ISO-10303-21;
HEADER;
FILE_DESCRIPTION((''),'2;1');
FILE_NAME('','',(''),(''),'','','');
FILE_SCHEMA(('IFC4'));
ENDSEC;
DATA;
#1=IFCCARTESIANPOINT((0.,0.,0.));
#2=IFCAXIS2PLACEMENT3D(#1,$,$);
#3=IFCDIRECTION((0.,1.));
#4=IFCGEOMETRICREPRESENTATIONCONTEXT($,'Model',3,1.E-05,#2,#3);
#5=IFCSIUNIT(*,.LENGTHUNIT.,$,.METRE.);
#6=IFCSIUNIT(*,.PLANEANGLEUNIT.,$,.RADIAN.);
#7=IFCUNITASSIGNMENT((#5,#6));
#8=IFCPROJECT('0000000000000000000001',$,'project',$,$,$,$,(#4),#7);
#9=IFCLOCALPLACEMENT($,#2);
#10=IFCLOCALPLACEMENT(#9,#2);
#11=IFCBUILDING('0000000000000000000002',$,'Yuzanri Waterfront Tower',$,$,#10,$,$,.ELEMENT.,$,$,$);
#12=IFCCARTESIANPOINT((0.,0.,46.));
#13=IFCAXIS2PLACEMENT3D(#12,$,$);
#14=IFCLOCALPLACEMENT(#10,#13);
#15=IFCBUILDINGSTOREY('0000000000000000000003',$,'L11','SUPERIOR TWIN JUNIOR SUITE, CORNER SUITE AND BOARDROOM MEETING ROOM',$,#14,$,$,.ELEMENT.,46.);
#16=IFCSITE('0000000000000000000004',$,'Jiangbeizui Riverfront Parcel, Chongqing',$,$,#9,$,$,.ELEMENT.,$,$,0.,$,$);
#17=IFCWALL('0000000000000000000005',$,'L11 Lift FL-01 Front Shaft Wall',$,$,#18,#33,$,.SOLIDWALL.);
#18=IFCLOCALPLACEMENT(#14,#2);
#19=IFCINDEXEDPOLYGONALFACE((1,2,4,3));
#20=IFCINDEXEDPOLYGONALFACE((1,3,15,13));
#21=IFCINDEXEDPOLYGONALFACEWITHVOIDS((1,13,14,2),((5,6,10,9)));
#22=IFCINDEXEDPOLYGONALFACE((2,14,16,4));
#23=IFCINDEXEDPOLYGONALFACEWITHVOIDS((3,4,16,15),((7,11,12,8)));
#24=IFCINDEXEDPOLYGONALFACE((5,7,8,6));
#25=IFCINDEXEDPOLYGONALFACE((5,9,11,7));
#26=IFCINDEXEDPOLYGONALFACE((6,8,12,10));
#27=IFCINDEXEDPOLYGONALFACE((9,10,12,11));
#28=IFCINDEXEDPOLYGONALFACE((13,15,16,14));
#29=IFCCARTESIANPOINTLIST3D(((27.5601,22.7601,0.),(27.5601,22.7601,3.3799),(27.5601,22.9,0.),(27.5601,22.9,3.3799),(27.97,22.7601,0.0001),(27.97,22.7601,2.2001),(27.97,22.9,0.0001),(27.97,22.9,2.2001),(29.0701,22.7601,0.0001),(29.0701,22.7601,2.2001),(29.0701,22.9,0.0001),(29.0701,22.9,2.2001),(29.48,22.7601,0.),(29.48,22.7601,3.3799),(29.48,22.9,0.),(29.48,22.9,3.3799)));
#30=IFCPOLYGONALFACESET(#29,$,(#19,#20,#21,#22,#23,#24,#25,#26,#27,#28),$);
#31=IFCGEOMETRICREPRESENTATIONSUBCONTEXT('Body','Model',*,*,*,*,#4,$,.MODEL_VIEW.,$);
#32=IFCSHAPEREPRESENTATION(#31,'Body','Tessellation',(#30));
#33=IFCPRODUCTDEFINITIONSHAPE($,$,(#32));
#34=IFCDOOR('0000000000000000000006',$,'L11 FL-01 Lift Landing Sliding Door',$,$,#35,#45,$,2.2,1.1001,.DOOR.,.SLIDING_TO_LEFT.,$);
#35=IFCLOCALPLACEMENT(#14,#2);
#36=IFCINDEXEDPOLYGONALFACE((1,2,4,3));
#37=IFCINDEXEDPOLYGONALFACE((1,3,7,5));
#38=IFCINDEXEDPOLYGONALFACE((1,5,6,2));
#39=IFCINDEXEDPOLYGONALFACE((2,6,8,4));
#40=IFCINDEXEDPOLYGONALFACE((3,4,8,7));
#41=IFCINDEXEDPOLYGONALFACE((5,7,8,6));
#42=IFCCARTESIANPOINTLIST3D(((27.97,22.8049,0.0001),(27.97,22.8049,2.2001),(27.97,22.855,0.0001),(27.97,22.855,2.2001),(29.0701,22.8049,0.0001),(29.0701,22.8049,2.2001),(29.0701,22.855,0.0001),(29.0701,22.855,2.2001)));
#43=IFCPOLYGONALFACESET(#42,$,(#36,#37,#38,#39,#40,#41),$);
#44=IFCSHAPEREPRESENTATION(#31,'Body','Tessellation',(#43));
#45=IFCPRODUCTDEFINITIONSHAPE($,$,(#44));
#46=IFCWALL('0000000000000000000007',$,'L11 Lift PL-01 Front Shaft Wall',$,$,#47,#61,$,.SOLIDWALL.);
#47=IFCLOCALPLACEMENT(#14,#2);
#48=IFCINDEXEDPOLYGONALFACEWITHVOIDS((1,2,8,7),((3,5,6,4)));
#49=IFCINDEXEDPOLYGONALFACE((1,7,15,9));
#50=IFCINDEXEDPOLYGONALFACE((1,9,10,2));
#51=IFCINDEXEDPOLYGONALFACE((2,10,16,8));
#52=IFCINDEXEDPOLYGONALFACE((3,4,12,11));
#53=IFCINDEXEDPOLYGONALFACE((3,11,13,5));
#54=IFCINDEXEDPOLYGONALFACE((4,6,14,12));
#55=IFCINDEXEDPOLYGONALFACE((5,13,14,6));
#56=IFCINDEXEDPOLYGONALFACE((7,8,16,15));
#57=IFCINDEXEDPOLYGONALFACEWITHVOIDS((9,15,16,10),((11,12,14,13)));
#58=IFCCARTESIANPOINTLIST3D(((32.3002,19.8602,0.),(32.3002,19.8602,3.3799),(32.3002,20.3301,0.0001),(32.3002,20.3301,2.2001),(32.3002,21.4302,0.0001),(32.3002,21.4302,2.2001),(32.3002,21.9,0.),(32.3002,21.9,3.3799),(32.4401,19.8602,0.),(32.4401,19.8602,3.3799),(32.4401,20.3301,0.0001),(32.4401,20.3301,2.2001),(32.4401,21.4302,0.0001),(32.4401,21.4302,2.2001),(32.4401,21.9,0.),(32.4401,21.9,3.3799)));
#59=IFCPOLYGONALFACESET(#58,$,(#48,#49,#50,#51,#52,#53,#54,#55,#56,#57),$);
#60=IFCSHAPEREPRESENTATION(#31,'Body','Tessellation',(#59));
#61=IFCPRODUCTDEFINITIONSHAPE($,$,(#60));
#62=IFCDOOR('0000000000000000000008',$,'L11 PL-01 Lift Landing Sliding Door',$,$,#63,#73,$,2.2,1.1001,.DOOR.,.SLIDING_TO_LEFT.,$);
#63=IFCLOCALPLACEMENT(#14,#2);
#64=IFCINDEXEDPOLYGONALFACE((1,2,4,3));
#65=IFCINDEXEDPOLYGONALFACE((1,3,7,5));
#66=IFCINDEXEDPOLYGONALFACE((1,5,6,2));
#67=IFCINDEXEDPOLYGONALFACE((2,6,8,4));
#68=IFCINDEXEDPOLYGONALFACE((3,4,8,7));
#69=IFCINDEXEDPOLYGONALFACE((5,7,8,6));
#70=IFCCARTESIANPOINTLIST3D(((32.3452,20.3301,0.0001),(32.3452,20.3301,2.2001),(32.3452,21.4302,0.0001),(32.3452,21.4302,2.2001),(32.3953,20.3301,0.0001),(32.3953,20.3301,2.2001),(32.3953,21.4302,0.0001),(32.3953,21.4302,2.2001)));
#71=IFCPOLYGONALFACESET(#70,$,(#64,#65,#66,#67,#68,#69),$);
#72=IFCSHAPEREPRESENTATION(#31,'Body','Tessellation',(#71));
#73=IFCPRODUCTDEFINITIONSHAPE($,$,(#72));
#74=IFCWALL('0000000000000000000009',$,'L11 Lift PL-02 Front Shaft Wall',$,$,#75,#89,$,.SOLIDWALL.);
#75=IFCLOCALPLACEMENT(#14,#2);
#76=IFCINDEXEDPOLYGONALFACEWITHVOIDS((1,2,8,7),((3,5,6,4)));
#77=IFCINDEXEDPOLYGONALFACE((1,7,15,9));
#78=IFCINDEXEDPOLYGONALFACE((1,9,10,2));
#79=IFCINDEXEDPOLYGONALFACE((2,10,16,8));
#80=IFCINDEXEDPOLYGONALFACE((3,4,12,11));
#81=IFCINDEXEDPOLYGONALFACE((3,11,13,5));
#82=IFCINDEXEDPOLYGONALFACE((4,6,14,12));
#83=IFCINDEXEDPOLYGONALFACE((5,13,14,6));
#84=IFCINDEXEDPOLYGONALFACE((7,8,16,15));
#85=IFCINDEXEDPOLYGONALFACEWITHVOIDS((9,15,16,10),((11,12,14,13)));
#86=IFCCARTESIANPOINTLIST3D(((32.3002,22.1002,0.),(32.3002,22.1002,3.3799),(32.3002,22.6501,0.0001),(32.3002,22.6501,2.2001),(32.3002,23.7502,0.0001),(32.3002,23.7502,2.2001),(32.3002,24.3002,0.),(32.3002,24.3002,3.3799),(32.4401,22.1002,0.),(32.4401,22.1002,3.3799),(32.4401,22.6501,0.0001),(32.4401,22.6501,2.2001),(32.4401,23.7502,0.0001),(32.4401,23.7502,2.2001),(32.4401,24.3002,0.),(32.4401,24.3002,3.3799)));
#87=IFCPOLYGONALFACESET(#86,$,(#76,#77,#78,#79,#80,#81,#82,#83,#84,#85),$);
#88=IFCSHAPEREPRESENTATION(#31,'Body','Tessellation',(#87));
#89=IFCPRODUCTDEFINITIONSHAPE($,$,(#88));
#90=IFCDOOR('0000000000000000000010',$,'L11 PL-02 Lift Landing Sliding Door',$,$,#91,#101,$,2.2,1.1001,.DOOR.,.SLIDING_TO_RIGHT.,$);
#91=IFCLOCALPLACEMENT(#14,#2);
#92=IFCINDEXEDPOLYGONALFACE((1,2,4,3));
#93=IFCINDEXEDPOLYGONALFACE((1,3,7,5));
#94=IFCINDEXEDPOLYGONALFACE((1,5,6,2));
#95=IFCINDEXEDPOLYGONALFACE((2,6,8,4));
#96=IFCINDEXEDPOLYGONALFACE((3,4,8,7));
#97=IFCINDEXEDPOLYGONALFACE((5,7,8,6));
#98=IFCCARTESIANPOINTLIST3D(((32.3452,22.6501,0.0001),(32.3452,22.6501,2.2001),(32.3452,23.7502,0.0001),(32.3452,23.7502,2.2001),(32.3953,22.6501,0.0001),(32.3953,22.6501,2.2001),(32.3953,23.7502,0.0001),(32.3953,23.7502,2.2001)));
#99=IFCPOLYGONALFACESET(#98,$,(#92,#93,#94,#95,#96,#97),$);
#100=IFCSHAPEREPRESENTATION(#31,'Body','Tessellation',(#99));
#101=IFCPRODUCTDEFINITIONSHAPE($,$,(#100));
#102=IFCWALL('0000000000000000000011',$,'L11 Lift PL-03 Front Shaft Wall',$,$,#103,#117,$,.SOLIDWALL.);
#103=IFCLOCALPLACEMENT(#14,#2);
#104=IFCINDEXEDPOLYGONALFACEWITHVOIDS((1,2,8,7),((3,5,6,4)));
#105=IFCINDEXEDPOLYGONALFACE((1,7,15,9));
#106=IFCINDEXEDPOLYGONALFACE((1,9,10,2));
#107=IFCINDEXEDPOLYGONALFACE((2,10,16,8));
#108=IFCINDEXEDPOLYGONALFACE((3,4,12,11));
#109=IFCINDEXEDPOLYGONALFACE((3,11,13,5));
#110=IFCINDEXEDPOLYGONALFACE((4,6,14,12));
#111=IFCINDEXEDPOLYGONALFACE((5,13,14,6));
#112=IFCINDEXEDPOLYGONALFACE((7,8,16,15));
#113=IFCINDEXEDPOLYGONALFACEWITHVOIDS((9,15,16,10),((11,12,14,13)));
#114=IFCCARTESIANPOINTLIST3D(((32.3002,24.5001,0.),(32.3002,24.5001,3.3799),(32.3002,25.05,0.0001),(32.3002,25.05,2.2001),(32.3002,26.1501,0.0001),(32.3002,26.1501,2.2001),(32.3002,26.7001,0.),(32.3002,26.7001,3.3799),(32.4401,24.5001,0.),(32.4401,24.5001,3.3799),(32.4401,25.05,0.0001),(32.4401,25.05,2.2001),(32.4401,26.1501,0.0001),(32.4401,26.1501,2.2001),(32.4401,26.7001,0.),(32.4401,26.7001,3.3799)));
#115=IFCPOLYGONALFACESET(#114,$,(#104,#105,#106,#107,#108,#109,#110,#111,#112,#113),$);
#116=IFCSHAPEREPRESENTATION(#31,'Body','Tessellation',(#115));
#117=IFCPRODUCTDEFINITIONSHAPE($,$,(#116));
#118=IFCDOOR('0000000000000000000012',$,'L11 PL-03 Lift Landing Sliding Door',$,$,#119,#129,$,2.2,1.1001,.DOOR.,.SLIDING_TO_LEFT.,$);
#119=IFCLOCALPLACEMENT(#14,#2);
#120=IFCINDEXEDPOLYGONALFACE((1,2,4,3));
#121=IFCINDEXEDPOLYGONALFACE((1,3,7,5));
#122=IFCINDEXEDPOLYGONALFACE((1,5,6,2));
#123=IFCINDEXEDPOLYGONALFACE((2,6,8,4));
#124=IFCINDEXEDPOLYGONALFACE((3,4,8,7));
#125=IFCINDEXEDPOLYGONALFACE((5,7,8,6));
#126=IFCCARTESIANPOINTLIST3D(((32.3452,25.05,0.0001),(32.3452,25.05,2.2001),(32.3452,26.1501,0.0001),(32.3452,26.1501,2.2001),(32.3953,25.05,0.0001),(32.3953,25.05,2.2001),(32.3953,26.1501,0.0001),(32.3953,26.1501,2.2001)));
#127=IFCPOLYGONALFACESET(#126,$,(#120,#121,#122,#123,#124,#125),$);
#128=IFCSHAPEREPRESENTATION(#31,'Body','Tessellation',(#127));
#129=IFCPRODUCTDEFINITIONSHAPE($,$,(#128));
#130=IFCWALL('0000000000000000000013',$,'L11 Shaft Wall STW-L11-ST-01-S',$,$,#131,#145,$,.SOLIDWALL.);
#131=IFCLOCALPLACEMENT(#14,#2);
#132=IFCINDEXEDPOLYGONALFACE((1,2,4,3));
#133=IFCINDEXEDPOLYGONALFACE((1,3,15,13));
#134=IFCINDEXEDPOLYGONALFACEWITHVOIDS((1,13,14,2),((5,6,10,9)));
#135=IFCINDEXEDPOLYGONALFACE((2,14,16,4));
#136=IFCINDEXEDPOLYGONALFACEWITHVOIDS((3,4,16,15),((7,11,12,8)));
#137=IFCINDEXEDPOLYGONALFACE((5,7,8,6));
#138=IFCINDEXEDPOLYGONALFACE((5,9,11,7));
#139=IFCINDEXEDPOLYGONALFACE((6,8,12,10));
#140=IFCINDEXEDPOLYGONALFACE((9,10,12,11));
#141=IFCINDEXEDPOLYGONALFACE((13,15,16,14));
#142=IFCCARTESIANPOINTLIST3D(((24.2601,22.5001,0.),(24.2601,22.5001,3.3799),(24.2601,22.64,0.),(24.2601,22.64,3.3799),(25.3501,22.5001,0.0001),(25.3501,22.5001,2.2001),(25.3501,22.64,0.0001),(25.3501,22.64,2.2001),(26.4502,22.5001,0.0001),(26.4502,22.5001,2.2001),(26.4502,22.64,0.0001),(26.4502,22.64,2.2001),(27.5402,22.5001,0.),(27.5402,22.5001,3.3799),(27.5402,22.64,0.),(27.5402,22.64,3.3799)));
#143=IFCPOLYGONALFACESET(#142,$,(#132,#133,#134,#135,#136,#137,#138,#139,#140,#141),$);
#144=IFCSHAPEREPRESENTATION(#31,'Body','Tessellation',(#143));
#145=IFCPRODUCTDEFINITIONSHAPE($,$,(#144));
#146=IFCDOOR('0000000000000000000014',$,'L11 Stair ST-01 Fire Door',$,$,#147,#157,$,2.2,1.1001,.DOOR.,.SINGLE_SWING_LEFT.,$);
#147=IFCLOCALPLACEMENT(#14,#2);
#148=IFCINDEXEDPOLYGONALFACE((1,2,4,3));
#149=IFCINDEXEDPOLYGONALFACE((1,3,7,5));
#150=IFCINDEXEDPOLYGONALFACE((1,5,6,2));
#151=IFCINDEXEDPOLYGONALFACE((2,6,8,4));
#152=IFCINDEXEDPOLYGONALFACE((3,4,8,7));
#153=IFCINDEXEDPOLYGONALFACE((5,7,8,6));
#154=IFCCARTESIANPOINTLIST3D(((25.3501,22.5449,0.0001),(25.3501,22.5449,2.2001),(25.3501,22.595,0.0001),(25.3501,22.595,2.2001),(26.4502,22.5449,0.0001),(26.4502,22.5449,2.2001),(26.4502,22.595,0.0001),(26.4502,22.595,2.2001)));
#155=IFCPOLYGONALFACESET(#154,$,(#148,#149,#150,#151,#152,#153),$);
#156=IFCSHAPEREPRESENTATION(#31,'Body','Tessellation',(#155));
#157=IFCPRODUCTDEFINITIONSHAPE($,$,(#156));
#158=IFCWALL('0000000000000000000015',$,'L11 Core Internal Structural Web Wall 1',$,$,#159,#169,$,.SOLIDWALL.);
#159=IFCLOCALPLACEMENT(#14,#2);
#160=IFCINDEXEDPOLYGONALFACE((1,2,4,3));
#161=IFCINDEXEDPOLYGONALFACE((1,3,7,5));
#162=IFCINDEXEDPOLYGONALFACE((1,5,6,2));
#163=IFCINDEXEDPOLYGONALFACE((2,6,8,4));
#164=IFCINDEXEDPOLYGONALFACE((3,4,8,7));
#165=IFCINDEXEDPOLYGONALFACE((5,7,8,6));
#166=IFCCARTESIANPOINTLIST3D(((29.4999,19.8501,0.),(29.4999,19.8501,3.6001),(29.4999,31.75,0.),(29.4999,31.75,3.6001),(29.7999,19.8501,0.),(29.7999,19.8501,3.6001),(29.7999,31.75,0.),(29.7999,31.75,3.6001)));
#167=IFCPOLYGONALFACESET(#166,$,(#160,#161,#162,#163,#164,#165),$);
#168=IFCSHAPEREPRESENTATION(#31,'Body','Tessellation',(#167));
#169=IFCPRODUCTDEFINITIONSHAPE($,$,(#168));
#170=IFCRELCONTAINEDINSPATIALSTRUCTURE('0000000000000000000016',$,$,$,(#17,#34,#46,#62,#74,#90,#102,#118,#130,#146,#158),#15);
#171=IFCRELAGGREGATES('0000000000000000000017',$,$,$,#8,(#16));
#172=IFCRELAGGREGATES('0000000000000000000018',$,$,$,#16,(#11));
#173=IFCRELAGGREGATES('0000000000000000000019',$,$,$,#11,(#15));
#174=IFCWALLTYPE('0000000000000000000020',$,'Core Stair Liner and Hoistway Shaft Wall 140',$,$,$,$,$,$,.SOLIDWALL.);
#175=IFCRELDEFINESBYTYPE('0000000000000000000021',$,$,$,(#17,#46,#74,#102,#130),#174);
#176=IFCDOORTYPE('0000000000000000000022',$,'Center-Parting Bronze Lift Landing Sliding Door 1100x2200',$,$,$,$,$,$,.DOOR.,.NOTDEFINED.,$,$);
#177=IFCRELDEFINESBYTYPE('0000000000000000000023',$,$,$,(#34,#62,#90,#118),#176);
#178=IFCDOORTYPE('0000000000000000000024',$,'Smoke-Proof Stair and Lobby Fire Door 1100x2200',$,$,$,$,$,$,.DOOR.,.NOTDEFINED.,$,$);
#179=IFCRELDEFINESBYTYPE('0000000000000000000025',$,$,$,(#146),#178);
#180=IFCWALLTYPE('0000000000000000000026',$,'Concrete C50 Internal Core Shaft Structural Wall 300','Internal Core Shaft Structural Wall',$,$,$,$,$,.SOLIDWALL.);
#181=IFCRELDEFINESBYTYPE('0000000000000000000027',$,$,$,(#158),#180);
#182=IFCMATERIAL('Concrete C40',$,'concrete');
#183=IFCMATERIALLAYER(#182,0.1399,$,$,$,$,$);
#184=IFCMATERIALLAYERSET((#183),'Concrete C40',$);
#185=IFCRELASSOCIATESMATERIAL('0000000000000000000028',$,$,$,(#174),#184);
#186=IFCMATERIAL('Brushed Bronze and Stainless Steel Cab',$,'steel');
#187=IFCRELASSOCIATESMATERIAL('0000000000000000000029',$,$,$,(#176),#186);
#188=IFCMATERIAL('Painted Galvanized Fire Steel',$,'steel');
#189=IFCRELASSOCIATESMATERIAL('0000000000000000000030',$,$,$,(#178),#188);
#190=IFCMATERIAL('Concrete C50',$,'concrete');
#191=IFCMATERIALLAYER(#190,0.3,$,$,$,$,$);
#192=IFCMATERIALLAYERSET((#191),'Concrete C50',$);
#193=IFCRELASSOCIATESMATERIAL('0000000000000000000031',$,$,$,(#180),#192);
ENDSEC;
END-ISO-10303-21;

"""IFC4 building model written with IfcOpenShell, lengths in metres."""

from ifc_helpers import new_model, si_unit, direction, frame, frame_2d, origin, place, context, subcontext, project, spatial, rectangle, extrude, source, transform, mapped, material, layer, layer_set, type_object, element, fill, save


model = new_model("IFC4")

# Units and contexts
model_context = context("Model", 3, precision=1e-05, world=origin(), true_north=direction((0.0, 1.0)))
body_context = subcontext(model_context, "Body", "Model", "MODEL_VIEW")
ifc_project = project(units=[si_unit("LENGTHUNIT", "METRE"), si_unit("PLANEANGLEUNIT", "RADIAN")], contexts=[model_context])

# Site, building, storey
site_placement = place(None, origin())
site = spatial("IfcSite", under=ifc_project, at=site_placement, Name="Jiangbeizui Riverfront Parcel, Chongqing", CompositionType="ELEMENT", RefElevation=0.0)
building_placement = place(site_placement, origin())
building = spatial("IfcBuilding", under=site, at=building_placement, Name="Yuzanri Waterfront Tower", CompositionType="ELEMENT")
storey_placement = place(building_placement, frame((0.0, 0.0, 46.0)))
storey = spatial("IfcBuildingStorey", under=building, at=storey_placement, Name="L11", Description="SUPERIOR TWIN JUNIOR SUITE, CORNER SUITE AND BOARDROOM MEETING ROOM", CompositionType="ELEMENT", Elevation=46.0)

# Walls, openings, doors
ifc_material_1 = material(Name="Concrete C40", Category="concrete")
ifc_layer_1 = layer(ifc_material_1, 0.1399)
ifc_layer_set_1 = layer_set([ifc_layer_1], Name="Concrete C40")
wall_type_1 = type_object("IfcWallType", Name="Core Stair Liner and Hoistway Shaft Wall 140", PredefinedType="SOLIDWALL", material=ifc_layer_set_1)
wall_1_placement = place(storey_placement, frame((27.5601, 22.8301, 0.0), z_axis=(0.0, 0.0, 1.0), x_axis=(1.0, 0.0, 0.0)))
wall_1 = element("IfcWall", 1, at=wall_1_placement, inside=storey, type_object=wall_type_1, Name="L11 Lift FL-01 Front Shaft Wall", PredefinedType="SOLIDWALL", context=body_context, shape_type="SweptSolid", body=[
    extrude(rectangle(XDim=1.9199, YDim=0.1399, at=frame_2d((0.96, 0.0))), origin(), (0.0, 0.0, 1.0), 3.3799),
])
opening_1_placement = place(wall_1_placement, frame((0.4099, 0.0, 0.0)))
opening_1 = element("IfcOpeningElement", 2, at=opening_1_placement, cuts=wall_1, PredefinedType="OPENING", context=body_context, shape_type="SweptSolid", body=[
    extrude(rectangle(XDim=1.1001, YDim=2.2, at=frame_2d((0.55, 1.1001))), frame((0.0, 0.085, 0.0), z_axis=(0.0, -1.0, 0.0), x_axis=(1.0, 0.0, 0.0)), (0.0, 0.0, 1.0), 0.1697),
])
ifc_material_2 = material(Name="Brushed Bronze and Stainless Steel Cab", Category="steel")
door_type_1 = type_object("IfcDoorType", Name="Center-Parting Bronze Lift Landing Sliding Door 1100x2200", OperationType="NOTDEFINED", PredefinedType="DOOR", material=ifc_material_2)
shared_shape_1 = source(origin(), body_context, "Body", "SweptSolid", [
    extrude(rectangle(XDim=1.1001, YDim=2.2, at=frame_2d((0.55, 1.1001))), frame((0.0, 0.0249, 0.0), z_axis=(0.0, -1.0, 0.0), x_axis=(1.0, 0.0, 0.0)), (0.0, 0.0, 1.0), 0.05),
])
door_1_placement = place(opening_1_placement, origin())
door_1 = element("IfcDoor", 3, at=door_1_placement, inside=storey, type_object=door_type_1, Name="L11 FL-01 Lift Landing Sliding Door", OperationType="SLIDING_TO_LEFT", OverallHeight=2.2, OverallWidth=1.1001, PredefinedType="DOOR", context=body_context, shape_type="MappedRepresentation", body=[
    mapped(shared_shape_1, transform((0.0, 0.0, 0.0), scale=1.0)),
])
fill(opening_1, door_1)
wall_2_placement = place(storey_placement, frame((32.3701, 19.8601, 0.0), z_axis=(0.0, 0.0, 1.0), x_axis=(0.0, 1.0, 0.0)))
wall_2 = element("IfcWall", 4, at=wall_2_placement, inside=storey, type_object=wall_type_1, Name="L11 Lift PL-01 Front Shaft Wall", PredefinedType="SOLIDWALL", context=body_context, shape_type="SweptSolid", body=[
    extrude(rectangle(XDim=2.0398, YDim=0.1399, at=frame_2d((1.02, 0.0))), origin(), (0.0, 0.0, 1.0), 3.3799),
])
opening_2_placement = place(wall_2_placement, frame((0.47, 0.0, 0.0)))
opening_2 = element("IfcOpeningElement", 5, at=opening_2_placement, cuts=wall_2, PredefinedType="OPENING", context=body_context, shape_type="SweptSolid", body=[
    extrude(rectangle(XDim=1.1001, YDim=2.2, at=frame_2d((0.55, 1.1001))), frame((0.0, 0.085, 0.0), z_axis=(0.0, -1.0, 0.0), x_axis=(1.0, 0.0, 0.0)), (0.0, 0.0, 1.0), 0.1697),
])
door_2_placement = place(opening_2_placement, origin())
door_2 = element("IfcDoor", 6, at=door_2_placement, inside=storey, type_object=door_type_1, Name="L11 PL-01 Lift Landing Sliding Door", OperationType="SLIDING_TO_LEFT", OverallHeight=2.2, OverallWidth=1.1001, PredefinedType="DOOR", context=body_context, shape_type="MappedRepresentation", body=[
    mapped(shared_shape_1, transform((0.0, 0.0, 0.0), scale=1.0)),
])
fill(opening_2, door_2)
wall_3_placement = place(storey_placement, frame((32.3701, 22.1001, 0.0), z_axis=(0.0, 0.0, 1.0), x_axis=(0.0, 1.0, 0.0)))
wall_3 = element("IfcWall", 7, at=wall_3_placement, inside=storey, type_object=wall_type_1, Name="L11 Lift PL-02 Front Shaft Wall", PredefinedType="SOLIDWALL", context=body_context, shape_type="SweptSolid", body=[
    extrude(rectangle(XDim=2.2, YDim=0.1399, at=frame_2d((1.1001, 0.0))), origin(), (0.0, 0.0, 1.0), 3.3799),
])
opening_3_placement = place(wall_3_placement, frame((0.55, 0.0, 0.0)))
opening_3 = element("IfcOpeningElement", 8, at=opening_3_placement, cuts=wall_3, PredefinedType="OPENING", context=body_context, shape_type="SweptSolid", body=[
    extrude(rectangle(XDim=1.1001, YDim=2.2, at=frame_2d((0.55, 1.1001))), frame((0.0, 0.085, 0.0), z_axis=(0.0, -1.0, 0.0), x_axis=(1.0, 0.0, 0.0)), (0.0, 0.0, 1.0), 0.1697),
])
door_3_placement = place(opening_3_placement, origin())
door_3 = element("IfcDoor", 9, at=door_3_placement, inside=storey, type_object=door_type_1, Name="L11 PL-02 Lift Landing Sliding Door", OperationType="SLIDING_TO_RIGHT", OverallHeight=2.2, OverallWidth=1.1001, PredefinedType="DOOR", context=body_context, shape_type="MappedRepresentation", body=[
    mapped(shared_shape_1, transform((0.0, 0.0, 0.0), scale=1.0)),
])
fill(opening_3, door_3)
wall_4_placement = place(storey_placement, frame((32.3701, 24.5, 0.0), z_axis=(0.0, 0.0, 1.0), x_axis=(0.0, 1.0, 0.0)))
wall_4 = element("IfcWall", 10, at=wall_4_placement, inside=storey, type_object=wall_type_1, Name="L11 Lift PL-03 Front Shaft Wall", PredefinedType="SOLIDWALL", context=body_context, shape_type="SweptSolid", body=[
    extrude(rectangle(XDim=2.2, YDim=0.1399, at=frame_2d((1.1001, 0.0))), origin(), (0.0, 0.0, 1.0), 3.3799),
])
opening_4_placement = place(wall_4_placement, frame((0.55, 0.0, 0.0)))
opening_4 = element("IfcOpeningElement", 11, at=opening_4_placement, cuts=wall_4, PredefinedType="OPENING", context=body_context, shape_type="SweptSolid", body=[
    extrude(rectangle(XDim=1.1001, YDim=2.2, at=frame_2d((0.55, 1.1001))), frame((0.0, 0.085, 0.0), z_axis=(0.0, -1.0, 0.0), x_axis=(1.0, 0.0, 0.0)), (0.0, 0.0, 1.0), 0.1697),
])
door_4_placement = place(opening_4_placement, origin())
door_4 = element("IfcDoor", 12, at=door_4_placement, inside=storey, type_object=door_type_1, Name="L11 PL-03 Lift Landing Sliding Door", OperationType="SLIDING_TO_LEFT", OverallHeight=2.2, OverallWidth=1.1001, PredefinedType="DOOR", context=body_context, shape_type="MappedRepresentation", body=[
    mapped(shared_shape_1, transform((0.0, 0.0, 0.0), scale=1.0)),
])
fill(opening_4, door_4)
wall_5_placement = place(storey_placement, frame((24.26, 22.5701, 0.0), z_axis=(0.0, 0.0, 1.0), x_axis=(1.0, 0.0, 0.0)))
wall_5 = element("IfcWall", 13, at=wall_5_placement, inside=storey, type_object=wall_type_1, Name="L11 Shaft Wall STW-L11-ST-01-S", PredefinedType="SOLIDWALL", context=body_context, shape_type="SweptSolid", body=[
    extrude(rectangle(XDim=3.28, YDim=0.1399, at=frame_2d((1.6401, 0.0))), origin(), (0.0, 0.0, 1.0), 3.3799),
])
opening_5_placement = place(wall_5_placement, frame((1.0901, 0.0, 0.0)))
opening_5 = element("IfcOpeningElement", 14, at=opening_5_placement, cuts=wall_5, PredefinedType="OPENING", context=body_context, shape_type="SweptSolid", body=[
    extrude(rectangle(XDim=1.1001, YDim=2.2, at=frame_2d((0.55, 1.1001))), frame((0.0, 0.085, 0.0), z_axis=(0.0, -1.0, 0.0), x_axis=(1.0, 0.0, 0.0)), (0.0, 0.0, 1.0), 0.1697),
])
ifc_material_3 = material(Name="Painted Galvanized Fire Steel", Category="steel")
door_type_2 = type_object("IfcDoorType", Name="Smoke-Proof Stair and Lobby Fire Door 1100x2200", OperationType="NOTDEFINED", PredefinedType="DOOR", material=ifc_material_3)
shared_shape_2 = source(origin(), body_context, "Body", "SweptSolid", [
    extrude(rectangle(XDim=1.1001, YDim=2.2, at=frame_2d((0.55, 1.1001))), frame((0.0, 0.0249, 0.0), z_axis=(0.0, -1.0, 0.0), x_axis=(1.0, 0.0, 0.0)), (0.0, 0.0, 1.0), 0.05),
])
door_5_placement = place(opening_5_placement, origin())
door_5 = element("IfcDoor", 15, at=door_5_placement, inside=storey, type_object=door_type_2, Name="L11 Stair ST-01 Fire Door", OperationType="SINGLE_SWING_LEFT", OverallHeight=2.2, OverallWidth=1.1001, PredefinedType="DOOR", context=body_context, shape_type="MappedRepresentation", body=[
    mapped(shared_shape_2, transform((0.0, 0.0, 0.0), scale=1.0)),
])
fill(opening_5, door_5)

# Wall
ifc_material_4 = material(Name="Concrete C50", Category="concrete")
ifc_layer_2 = layer(ifc_material_4, 0.3)
ifc_layer_set_2 = layer_set([ifc_layer_2], Name="Concrete C50")
wall_type_2 = type_object("IfcWallType", Name="Concrete C50 Internal Core Shaft Structural Wall 300", Description="Internal Core Shaft Structural Wall", PredefinedType="SOLIDWALL", material=ifc_layer_set_2)
shared_shape_3 = source(origin(), body_context, "Body", "SweptSolid", [
    extrude(rectangle(XDim=11.8999, YDim=0.3, at=frame_2d((5.95, 0.0))), origin(), (0.0, 0.0, 1.0), 3.6001),
])
wall_6_placement = place(storey_placement, frame((29.6499, 19.8501, 0.0), z_axis=(0.0, 0.0, 1.0), x_axis=(0.0, 1.0, 0.0)))
element("IfcWall", 16, at=wall_6_placement, inside=storey, type_object=wall_type_2, Name="L11 Core Internal Structural Web Wall 1", PredefinedType="SOLIDWALL", context=body_context, shape_type="MappedRepresentation", body=[
    mapped(shared_shape_3, transform((0.0, 0.0, 0.0), scale=1.0)),
])

save(model, "model.ifc")
